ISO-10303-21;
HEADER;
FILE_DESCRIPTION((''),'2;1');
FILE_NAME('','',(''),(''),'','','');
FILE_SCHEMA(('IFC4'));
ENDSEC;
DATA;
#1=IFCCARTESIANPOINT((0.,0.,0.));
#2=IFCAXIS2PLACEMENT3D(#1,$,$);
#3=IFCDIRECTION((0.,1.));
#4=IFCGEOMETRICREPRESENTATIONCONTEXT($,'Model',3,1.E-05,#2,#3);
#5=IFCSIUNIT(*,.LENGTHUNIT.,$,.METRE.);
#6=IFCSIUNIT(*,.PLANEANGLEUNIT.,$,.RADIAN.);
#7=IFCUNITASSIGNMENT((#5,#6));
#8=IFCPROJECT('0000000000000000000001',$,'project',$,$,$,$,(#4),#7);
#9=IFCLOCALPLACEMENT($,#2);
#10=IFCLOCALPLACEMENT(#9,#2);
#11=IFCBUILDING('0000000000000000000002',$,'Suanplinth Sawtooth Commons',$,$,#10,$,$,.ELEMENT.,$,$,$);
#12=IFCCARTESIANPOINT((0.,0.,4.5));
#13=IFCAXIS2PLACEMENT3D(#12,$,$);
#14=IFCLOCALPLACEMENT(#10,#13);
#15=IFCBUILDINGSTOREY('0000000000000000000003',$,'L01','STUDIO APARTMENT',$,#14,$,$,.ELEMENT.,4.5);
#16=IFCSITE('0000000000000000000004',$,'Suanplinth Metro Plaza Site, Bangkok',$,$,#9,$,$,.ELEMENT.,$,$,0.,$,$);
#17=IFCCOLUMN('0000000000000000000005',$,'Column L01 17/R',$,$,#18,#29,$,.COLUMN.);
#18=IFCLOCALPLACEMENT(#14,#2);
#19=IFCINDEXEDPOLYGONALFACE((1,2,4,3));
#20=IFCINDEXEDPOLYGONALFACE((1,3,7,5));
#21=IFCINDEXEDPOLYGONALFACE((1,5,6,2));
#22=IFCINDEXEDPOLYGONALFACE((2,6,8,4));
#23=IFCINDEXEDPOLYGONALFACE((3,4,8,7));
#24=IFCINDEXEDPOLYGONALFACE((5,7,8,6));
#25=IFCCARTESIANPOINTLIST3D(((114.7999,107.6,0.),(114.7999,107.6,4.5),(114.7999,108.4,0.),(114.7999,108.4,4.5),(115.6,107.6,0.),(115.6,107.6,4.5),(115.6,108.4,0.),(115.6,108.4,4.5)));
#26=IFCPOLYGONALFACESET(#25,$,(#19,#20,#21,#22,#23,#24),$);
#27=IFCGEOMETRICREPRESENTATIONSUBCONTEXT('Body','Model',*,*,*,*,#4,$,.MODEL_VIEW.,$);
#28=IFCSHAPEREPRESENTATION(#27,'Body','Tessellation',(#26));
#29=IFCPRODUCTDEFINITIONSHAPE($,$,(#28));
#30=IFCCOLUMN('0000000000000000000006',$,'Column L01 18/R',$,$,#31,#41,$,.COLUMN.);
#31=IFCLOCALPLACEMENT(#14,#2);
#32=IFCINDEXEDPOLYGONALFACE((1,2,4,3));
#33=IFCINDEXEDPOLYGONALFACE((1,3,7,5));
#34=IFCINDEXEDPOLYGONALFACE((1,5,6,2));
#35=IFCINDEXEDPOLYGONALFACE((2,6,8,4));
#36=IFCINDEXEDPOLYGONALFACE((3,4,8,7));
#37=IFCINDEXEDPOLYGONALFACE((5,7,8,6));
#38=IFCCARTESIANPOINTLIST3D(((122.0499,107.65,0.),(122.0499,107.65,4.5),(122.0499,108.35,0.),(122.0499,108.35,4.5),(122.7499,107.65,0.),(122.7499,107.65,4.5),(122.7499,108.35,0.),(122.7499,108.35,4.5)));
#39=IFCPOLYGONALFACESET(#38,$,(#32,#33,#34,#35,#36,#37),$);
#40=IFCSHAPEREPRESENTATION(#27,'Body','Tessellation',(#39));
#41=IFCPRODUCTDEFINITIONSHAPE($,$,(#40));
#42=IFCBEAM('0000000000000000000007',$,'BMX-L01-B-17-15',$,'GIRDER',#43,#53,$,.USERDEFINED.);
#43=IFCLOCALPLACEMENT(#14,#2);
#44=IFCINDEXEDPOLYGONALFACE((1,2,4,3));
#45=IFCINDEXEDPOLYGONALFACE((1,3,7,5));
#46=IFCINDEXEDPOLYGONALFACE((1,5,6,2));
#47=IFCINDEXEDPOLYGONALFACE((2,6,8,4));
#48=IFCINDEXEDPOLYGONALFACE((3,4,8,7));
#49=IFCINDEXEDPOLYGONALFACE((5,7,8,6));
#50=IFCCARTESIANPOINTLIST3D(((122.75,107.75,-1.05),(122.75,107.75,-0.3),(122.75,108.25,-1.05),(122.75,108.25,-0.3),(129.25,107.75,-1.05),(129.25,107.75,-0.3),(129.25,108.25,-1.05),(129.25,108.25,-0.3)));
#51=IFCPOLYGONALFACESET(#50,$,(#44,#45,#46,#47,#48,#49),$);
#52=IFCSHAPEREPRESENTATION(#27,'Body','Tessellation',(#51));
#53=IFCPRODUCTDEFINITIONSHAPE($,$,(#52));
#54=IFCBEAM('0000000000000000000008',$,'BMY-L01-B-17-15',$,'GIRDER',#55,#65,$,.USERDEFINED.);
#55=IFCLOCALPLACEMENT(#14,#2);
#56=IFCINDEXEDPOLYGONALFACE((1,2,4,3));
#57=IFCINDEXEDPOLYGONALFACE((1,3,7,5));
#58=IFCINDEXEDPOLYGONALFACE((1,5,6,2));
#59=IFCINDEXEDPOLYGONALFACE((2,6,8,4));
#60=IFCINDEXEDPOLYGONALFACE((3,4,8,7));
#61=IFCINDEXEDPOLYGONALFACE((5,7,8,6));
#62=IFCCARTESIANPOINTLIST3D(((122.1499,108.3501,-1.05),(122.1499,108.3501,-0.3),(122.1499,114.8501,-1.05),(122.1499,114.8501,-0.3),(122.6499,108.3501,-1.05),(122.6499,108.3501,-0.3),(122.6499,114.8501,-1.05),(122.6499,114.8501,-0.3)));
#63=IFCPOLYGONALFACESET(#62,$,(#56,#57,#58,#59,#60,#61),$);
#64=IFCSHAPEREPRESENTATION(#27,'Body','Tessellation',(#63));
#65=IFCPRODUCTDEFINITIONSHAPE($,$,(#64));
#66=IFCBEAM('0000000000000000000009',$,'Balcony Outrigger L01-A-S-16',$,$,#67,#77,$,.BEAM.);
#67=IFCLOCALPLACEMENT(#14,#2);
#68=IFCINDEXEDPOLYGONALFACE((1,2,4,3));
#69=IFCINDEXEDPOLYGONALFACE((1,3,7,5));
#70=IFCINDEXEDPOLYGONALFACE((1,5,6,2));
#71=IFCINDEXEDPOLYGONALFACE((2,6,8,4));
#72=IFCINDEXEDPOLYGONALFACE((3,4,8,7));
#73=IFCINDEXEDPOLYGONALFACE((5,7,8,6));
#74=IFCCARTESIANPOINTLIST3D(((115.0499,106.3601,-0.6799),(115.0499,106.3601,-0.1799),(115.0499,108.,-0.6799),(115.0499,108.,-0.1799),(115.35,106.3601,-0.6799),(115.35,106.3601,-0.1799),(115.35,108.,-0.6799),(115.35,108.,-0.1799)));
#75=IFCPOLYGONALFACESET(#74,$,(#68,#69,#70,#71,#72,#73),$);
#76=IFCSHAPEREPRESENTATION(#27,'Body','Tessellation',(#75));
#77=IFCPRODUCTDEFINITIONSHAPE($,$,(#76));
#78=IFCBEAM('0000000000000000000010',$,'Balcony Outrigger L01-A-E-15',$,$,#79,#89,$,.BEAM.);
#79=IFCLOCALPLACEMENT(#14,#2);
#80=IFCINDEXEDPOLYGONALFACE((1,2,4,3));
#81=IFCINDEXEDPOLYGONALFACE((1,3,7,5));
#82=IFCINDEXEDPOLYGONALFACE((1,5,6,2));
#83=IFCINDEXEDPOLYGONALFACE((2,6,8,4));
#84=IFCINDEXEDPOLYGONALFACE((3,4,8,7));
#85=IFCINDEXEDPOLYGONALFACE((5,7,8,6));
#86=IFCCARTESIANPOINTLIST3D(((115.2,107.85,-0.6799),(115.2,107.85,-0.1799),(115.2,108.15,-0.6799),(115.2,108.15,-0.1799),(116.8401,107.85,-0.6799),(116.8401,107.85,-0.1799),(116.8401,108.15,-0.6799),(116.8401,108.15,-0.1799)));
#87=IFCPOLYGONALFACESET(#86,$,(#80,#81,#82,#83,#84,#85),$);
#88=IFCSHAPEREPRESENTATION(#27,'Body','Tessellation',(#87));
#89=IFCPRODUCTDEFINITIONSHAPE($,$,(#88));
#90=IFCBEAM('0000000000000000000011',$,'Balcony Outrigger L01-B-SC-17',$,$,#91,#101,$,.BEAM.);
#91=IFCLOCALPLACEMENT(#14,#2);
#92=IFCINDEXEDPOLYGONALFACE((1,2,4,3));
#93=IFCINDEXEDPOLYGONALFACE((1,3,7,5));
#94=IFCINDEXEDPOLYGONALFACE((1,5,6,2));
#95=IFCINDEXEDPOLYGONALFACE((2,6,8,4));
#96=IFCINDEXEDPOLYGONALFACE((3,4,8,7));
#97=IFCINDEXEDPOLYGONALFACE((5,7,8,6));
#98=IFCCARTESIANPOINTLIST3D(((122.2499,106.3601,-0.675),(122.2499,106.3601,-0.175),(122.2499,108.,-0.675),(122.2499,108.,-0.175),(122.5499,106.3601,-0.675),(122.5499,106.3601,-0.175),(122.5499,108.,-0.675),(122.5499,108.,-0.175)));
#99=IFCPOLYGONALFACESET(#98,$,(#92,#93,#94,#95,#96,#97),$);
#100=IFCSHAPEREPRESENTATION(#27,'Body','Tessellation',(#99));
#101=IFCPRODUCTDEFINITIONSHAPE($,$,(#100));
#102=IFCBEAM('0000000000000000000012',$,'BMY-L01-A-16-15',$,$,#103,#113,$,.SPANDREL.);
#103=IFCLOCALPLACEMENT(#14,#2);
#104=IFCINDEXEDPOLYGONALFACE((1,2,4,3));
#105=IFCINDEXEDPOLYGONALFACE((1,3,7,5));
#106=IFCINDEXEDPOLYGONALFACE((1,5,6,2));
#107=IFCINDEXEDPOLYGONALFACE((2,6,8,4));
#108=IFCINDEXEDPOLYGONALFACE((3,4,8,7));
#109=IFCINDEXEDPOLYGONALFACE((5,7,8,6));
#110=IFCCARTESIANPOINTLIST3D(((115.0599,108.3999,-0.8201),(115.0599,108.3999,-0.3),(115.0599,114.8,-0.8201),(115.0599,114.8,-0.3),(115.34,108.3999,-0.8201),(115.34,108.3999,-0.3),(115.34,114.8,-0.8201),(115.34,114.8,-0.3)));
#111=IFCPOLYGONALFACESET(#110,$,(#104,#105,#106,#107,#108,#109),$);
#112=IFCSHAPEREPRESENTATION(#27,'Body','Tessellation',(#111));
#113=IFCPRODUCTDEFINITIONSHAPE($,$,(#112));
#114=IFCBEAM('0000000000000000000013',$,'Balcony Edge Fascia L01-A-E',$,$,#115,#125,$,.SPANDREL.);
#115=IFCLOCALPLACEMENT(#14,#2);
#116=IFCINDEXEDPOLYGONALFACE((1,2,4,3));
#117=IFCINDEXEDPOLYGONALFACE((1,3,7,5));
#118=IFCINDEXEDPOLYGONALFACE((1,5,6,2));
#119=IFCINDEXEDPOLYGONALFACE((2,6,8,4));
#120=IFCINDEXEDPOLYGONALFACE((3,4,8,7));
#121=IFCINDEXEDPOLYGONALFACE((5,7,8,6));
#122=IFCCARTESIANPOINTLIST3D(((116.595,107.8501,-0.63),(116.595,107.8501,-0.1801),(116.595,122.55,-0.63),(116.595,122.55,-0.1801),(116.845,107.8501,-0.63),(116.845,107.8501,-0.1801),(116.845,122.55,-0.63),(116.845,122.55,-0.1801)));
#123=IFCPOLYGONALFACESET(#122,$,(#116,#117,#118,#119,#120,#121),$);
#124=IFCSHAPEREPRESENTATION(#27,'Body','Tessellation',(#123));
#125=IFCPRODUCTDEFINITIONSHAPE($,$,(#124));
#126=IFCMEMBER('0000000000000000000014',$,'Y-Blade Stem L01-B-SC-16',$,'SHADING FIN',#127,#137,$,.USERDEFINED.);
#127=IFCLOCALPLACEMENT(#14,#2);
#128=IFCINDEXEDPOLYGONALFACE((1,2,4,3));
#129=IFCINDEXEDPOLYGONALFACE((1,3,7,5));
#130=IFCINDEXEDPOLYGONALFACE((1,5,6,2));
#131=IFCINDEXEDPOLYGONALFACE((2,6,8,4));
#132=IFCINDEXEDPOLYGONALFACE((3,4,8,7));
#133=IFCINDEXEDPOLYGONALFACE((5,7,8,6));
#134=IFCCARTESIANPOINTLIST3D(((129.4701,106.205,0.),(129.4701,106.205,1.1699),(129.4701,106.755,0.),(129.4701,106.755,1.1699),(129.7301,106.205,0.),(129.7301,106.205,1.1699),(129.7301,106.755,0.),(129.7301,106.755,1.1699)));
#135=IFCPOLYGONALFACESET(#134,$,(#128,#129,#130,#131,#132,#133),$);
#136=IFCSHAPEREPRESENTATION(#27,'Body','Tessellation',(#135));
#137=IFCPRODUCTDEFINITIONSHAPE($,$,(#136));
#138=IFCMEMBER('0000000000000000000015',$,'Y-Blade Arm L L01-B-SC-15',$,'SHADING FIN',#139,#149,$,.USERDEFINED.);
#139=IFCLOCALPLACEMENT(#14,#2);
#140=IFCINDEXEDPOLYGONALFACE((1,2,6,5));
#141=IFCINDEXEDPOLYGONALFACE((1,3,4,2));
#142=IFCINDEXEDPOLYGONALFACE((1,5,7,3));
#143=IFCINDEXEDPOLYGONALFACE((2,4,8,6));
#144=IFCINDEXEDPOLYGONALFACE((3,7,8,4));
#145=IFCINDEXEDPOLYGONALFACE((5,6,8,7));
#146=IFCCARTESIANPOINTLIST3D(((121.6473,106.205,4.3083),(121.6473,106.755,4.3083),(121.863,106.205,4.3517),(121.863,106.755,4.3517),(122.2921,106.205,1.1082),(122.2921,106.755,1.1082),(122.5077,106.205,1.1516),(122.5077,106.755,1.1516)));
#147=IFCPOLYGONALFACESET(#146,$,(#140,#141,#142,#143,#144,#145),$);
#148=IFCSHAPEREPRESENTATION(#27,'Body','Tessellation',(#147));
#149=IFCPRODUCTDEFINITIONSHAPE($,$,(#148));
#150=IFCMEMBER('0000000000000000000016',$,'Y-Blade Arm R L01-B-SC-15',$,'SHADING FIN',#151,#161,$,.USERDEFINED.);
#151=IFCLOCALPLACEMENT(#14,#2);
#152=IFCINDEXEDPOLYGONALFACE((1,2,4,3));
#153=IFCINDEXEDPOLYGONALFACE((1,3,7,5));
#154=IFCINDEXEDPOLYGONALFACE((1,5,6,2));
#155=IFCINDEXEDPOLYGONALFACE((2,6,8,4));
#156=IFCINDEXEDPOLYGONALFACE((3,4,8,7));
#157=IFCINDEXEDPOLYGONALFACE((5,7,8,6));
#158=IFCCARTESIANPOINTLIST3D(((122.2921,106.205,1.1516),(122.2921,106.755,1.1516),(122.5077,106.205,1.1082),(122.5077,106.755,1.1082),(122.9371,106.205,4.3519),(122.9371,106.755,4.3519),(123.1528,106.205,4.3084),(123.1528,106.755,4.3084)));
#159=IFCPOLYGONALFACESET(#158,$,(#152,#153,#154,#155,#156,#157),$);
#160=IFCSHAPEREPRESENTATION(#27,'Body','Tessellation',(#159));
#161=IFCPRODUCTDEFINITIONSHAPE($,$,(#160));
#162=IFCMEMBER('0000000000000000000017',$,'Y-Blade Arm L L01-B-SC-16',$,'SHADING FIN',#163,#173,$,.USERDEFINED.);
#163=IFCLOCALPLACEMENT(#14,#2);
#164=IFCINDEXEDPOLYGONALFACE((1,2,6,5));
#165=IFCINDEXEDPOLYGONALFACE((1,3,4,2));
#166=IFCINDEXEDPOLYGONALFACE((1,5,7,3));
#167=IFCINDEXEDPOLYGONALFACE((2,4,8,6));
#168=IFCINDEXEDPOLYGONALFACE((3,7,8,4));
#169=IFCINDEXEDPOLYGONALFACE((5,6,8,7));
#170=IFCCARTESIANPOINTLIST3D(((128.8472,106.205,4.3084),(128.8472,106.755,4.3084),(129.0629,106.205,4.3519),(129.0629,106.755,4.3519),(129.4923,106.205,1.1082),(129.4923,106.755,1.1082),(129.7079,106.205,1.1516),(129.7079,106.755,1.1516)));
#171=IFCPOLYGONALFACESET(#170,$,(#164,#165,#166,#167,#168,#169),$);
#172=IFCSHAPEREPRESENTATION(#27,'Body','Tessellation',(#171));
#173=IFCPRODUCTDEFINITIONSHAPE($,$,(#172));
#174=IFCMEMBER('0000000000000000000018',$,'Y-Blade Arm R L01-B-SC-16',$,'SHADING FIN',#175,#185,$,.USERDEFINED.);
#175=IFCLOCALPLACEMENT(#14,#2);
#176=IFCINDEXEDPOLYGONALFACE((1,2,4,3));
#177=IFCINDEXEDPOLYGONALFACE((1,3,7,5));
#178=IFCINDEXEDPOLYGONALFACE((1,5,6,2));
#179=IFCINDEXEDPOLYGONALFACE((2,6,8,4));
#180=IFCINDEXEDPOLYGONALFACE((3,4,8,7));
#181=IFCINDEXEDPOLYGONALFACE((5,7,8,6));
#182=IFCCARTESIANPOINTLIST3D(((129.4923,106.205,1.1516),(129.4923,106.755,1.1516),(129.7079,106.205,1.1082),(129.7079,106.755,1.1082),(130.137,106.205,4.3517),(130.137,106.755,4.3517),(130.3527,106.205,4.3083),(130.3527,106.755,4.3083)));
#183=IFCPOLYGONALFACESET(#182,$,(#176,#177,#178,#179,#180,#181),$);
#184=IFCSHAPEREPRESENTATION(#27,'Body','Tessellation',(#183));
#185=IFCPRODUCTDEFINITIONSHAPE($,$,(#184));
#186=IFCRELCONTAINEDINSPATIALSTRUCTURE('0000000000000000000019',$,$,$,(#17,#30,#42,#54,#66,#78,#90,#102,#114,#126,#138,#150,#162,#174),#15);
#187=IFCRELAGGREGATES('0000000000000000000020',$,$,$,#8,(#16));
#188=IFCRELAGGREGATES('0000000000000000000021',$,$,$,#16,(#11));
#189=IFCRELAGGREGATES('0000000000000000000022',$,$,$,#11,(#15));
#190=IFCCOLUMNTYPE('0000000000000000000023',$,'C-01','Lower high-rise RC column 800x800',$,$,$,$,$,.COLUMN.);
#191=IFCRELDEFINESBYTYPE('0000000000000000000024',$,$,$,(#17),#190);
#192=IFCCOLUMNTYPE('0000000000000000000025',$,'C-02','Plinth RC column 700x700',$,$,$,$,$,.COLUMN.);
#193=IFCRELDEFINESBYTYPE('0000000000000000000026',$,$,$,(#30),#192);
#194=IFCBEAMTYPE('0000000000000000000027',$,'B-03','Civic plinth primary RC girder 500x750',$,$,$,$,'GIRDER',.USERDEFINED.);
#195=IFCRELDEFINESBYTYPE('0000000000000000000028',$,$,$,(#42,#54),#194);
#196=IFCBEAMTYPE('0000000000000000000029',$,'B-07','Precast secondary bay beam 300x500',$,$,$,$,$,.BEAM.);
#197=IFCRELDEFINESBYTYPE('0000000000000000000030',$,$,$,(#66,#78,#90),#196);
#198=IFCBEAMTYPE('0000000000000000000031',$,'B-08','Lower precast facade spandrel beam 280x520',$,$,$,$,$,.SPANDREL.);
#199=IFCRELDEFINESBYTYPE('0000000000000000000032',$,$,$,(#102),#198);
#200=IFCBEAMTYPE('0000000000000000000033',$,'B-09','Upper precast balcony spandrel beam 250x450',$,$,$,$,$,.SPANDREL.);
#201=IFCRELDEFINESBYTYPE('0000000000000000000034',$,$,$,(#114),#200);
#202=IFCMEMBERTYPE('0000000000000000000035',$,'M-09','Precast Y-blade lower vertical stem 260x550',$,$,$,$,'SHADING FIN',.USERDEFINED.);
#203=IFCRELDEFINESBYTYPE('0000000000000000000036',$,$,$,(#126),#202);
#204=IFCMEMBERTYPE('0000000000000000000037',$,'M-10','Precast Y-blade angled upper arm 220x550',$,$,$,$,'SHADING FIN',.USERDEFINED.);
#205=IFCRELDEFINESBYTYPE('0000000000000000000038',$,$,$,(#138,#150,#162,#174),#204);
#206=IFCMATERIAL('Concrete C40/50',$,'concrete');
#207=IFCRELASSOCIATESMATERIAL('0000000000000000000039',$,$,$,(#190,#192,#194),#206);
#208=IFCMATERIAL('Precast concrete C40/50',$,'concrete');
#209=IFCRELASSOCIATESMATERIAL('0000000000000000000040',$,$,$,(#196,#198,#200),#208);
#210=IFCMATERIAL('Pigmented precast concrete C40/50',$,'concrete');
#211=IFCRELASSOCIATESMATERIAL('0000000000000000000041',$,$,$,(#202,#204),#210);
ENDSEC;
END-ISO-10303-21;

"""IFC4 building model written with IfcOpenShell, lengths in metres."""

from ifc_helpers import new_model, si_unit, direction, frame, origin, origin_2d, place, context, subcontext, project, spatial, rectangle, extrude, material, material_profile, profile_set, type_object, element, save


model = new_model("IFC4")

# Units and contexts
model_context = context("Model", 3, precision=1e-05, world=origin(), true_north=direction((0.0, 1.0)))
body_context = subcontext(model_context, "Body", "Model", "MODEL_VIEW")
ifc_project = project(units=[si_unit("LENGTHUNIT", "METRE"), si_unit("PLANEANGLEUNIT", "RADIAN")], contexts=[model_context])

# Site, building, storey
site_placement = place(None, origin())
site = spatial("IfcSite", under=ifc_project, at=site_placement, Name="Suanplinth Metro Plaza Site, Bangkok", CompositionType="ELEMENT", RefElevation=0.0)
building_placement = place(site_placement, origin())
building = spatial("IfcBuilding", under=site, at=building_placement, Name="Suanplinth Sawtooth Commons", CompositionType="ELEMENT")
storey_placement = place(building_placement, frame((0.0, 0.0, 4.5)))
storey = spatial("IfcBuildingStorey", under=building, at=storey_placement, Name="L01", Description="STUDIO APARTMENT", CompositionType="ELEMENT", Elevation=4.5)

# Columns
ifc_material_1 = material(Name="Concrete C40/50", Category="concrete")
ifc_material_profile_1 = material_profile(ifc_material_1, rectangle(XDim=0.8, YDim=0.8, at=origin_2d()), Name="RC-COL 800x800")
ifc_profile_set_1 = profile_set([ifc_material_profile_1], Name="Concrete C40/50")
column_type_1 = type_object("IfcColumnType", Name="C-01", Description="Lower high-rise RC column 800x800", PredefinedType="COLUMN", material=ifc_profile_set_1)
column_1_placement = place(storey_placement, frame((115.2, 108.0, 0.0), z_axis=(0.0, 0.0, 1.0), x_axis=(1.0, 0.0, 0.0)))
element("IfcColumn", 1, at=column_1_placement, inside=storey, type_object=column_type_1, Name="Column L01 17/R", PredefinedType="COLUMN", context=body_context, shape_type="SweptSolid", body=[
    extrude(rectangle(XDim=0.8, YDim=0.8, at=origin_2d()), origin(), (0.0, 0.0, 1.0), 4.5),
])
ifc_material_profile_2 = material_profile(ifc_material_1, rectangle(XDim=0.7, YDim=0.7, at=origin_2d()), Name="RC-COL 700x700")
ifc_profile_set_2 = profile_set([ifc_material_profile_2], Name="Concrete C40/50")
column_type_2 = type_object("IfcColumnType", Name="C-02", Description="Plinth RC column 700x700", PredefinedType="COLUMN", material=ifc_profile_set_2)
column_2_placement = place(storey_placement, frame((122.3999, 108.0, 0.0), z_axis=(0.0, 0.0, 1.0), x_axis=(1.0, 0.0, 0.0)))
element("IfcColumn", 2, at=column_2_placement, inside=storey, type_object=column_type_2, Name="Column L01 18/R", PredefinedType="COLUMN", context=body_context, shape_type="SweptSolid", body=[
    extrude(rectangle(XDim=0.7, YDim=0.7, at=origin_2d()), origin(), (0.0, 0.0, 1.0), 4.5),
])

# Beams
ifc_material_profile_3 = material_profile(ifc_material_1, rectangle(XDim=0.5, YDim=0.75, at=origin_2d()), Name="RC-GDR 500x750")
ifc_profile_set_3 = profile_set([ifc_material_profile_3], Name="Concrete C40/50")
beam_type_1 = type_object("IfcBeamType", Name="B-03", Description="Civic plinth primary RC girder 500x750", ElementType="GIRDER", PredefinedType="USERDEFINED", material=ifc_profile_set_3)
for number, where, z_axis, x_axis, name in (
    (3, (122.75, 108.0, -0.675), (1.0, 0.0, 0.0), (0.0, 1.0, 0.0), "BMX-L01-B-17-15"),
    (4, (122.3999, 108.3501, -0.675), (0.0, 1.0, 0.0), (-1.0, 0.0, 0.0), "BMY-L01-B-17-15"),
):
    element("IfcBeam", number, at=place(storey_placement, frame(where, z_axis=z_axis, x_axis=x_axis)), inside=storey, type_object=beam_type_1, Name=name, ObjectType="GIRDER", PredefinedType="USERDEFINED", context=body_context, shape_type="SweptSolid", body=[
        extrude(rectangle(XDim=0.5, YDim=0.75, at=origin_2d()), origin(), (0.0, 0.0, 1.0), 6.5),
    ])
ifc_material_2 = material(Name="Precast concrete C40/50", Category="concrete")
ifc_material_profile_4 = material_profile(ifc_material_2, rectangle(XDim=0.3, YDim=0.5, at=origin_2d()), Name="PC-BM 300x500")
ifc_profile_set_4 = profile_set([ifc_material_profile_4], Name="Precast concrete C40/50")
beam_type_2 = type_object("IfcBeamType", Name="B-07", Description="Precast secondary bay beam 300x500", PredefinedType="BEAM", material=ifc_profile_set_4)
beam_1_placement = place(storey_placement, frame((115.2, 108.0, -0.4299), z_axis=(0.0, -1.0, 0.0), x_axis=(1.0, 0.0, 0.0)))
element("IfcBeam", 5, at=beam_1_placement, inside=storey, type_object=beam_type_2, Name="Balcony Outrigger L01-A-S-16", PredefinedType="BEAM", context=body_context, shape_type="SweptSolid", body=[
    extrude(rectangle(XDim=0.3, YDim=0.5, at=origin_2d()), origin(), (0.0, 0.0, 1.0), 1.6399),
])
beam_2_placement = place(storey_placement, frame((115.2, 108.0, -0.4299), z_axis=(1.0, 0.0, 0.0), x_axis=(0.0, 1.0, 0.0)))
element("IfcBeam", 6, at=beam_2_placement, inside=storey, type_object=beam_type_2, Name="Balcony Outrigger L01-A-E-15", PredefinedType="BEAM", context=body_context, shape_type="SweptSolid", body=[
    extrude(rectangle(XDim=0.3, YDim=0.5, at=origin_2d()), origin(), (0.0, 0.0, 1.0), 1.6401),
])
beam_3_placement = place(storey_placement, frame((122.3999, 108.0, -0.425), z_axis=(0.0, -1.0, 0.0), x_axis=(1.0, 0.0, 0.0)))
element("IfcBeam", 7, at=beam_3_placement, inside=storey, type_object=beam_type_2, Name="Balcony Outrigger L01-B-SC-17", PredefinedType="BEAM", context=body_context, shape_type="SweptSolid", body=[
    extrude(rectangle(XDim=0.3, YDim=0.5, at=origin_2d()), origin(), (0.0, 0.0, 1.0), 1.6399),
])
ifc_material_profile_5 = material_profile(ifc_material_2, rectangle(XDim=0.28, YDim=0.52, at=origin_2d()), Name="PC-SP 280x520")
ifc_profile_set_5 = profile_set([ifc_material_profile_5], Name="Precast concrete C40/50")
beam_type_3 = type_object("IfcBeamType", Name="B-08", Description="Lower precast facade spandrel beam 280x520", PredefinedType="SPANDREL", material=ifc_profile_set_5)
beam_4_placement = place(storey_placement, frame((115.2, 108.3999, -0.5601), z_axis=(0.0, 1.0, 0.0), x_axis=(-1.0, 0.0, 0.0)))
element("IfcBeam", 8, at=beam_4_placement, inside=storey, type_object=beam_type_3, Name="BMY-L01-A-16-15", PredefinedType="SPANDREL", context=body_context, shape_type="SweptSolid", body=[
    extrude(rectangle(XDim=0.28, YDim=0.52, at=origin_2d()), origin(), (0.0, 0.0, 1.0), 6.4001),
])
ifc_material_profile_6 = material_profile(ifc_material_2, rectangle(XDim=0.25, YDim=0.45, at=origin_2d()), Name="PC-SP 250x450")
ifc_profile_set_6 = profile_set([ifc_material_profile_6], Name="Precast concrete C40/50")
beam_type_4 = type_object("IfcBeamType", Name="B-09", Description="Upper precast balcony spandrel beam 250x450", PredefinedType="SPANDREL", material=ifc_profile_set_6)
beam_5_placement = place(storey_placement, frame((116.72, 107.8501, -0.405), z_axis=(0.0, 1.0, 0.0), x_axis=(-1.0, 0.0, 0.0)))
element("IfcBeam", 9, at=beam_5_placement, inside=storey, type_object=beam_type_4, Name="Balcony Edge Fascia L01-A-E", PredefinedType="SPANDREL", context=body_context, shape_type="SweptSolid", body=[
    extrude(rectangle(XDim=0.25, YDim=0.45, at=origin_2d()), origin(), (0.0, 0.0, 1.0), 14.7),
])

# Members
ifc_material_3 = material(Name="Pigmented precast concrete C40/50", Category="concrete")
ifc_material_profile_7 = material_profile(ifc_material_3, rectangle(XDim=0.26, YDim=0.55, at=origin_2d()), Name="PC-FIN 260x550")
ifc_profile_set_7 = profile_set([ifc_material_profile_7], Name="Pigmented precast concrete C40/50")
member_type_1 = type_object("IfcMemberType", Name="M-09", Description="Precast Y-blade lower vertical stem 260x550", ElementType="SHADING FIN", PredefinedType="USERDEFINED", material=ifc_profile_set_7)
member_1_placement = place(storey_placement, frame((129.6001, 106.48, 0.0), z_axis=(0.0, 0.0, 1.0), x_axis=(1.0, 0.0, 0.0)))
element("IfcMember", 10, at=member_1_placement, inside=storey, type_object=member_type_1, Name="Y-Blade Stem L01-B-SC-16", ObjectType="SHADING FIN", PredefinedType="USERDEFINED", context=body_context, shape_type="SweptSolid", body=[
    extrude(rectangle(XDim=0.26, YDim=0.55, at=origin_2d()), origin(), (0.0, 0.0, 1.0), 1.1699),
])
ifc_material_profile_8 = material_profile(ifc_material_3, rectangle(XDim=0.22, YDim=0.55, at=origin_2d()), Name="PC-FIN 220x550")
ifc_profile_set_8 = profile_set([ifc_material_profile_8], Name="Pigmented precast concrete C40/50")
member_type_2 = type_object("IfcMemberType", Name="M-10", Description="Precast Y-blade angled upper arm 220x550", ElementType="SHADING FIN", PredefinedType="USERDEFINED", material=ifc_profile_set_8)
member_2_placement = place(storey_placement, frame((122.3999, 106.48, 1.1299), z_axis=(-0.197511, 0.0, 0.980301), x_axis=(0.980301, 0.0, 0.197511)))
element("IfcMember", 11, at=member_2_placement, inside=storey, type_object=member_type_2, Name="Y-Blade Arm L L01-B-SC-15", ObjectType="SHADING FIN", PredefinedType="USERDEFINED", context=body_context, shape_type="SweptSolid", body=[
    extrude(rectangle(XDim=0.22, YDim=0.55, at=origin_2d()), origin(), (0.0, 0.0, 1.0), 3.2644),
])
for number, where, z_axis, x_axis, name in (
    (12, (122.3999, 106.48, 1.1299), (0.197583, 0.0, 0.980286), (-0.980286, 0.0, 0.197583), "Y-Blade Arm R L01-B-SC-15"),
    (13, (129.6001, 106.48, 1.1299), (-0.197583, 0.0, 0.980286), (0.980286, 0.0, 0.197583), "Y-Blade Arm L L01-B-SC-16"),
):
    element("IfcMember", number, at=place(storey_placement, frame(where, z_axis=z_axis, x_axis=x_axis)), inside=storey, type_object=member_type_2, Name=name, ObjectType="SHADING FIN", PredefinedType="USERDEFINED", context=body_context, shape_type="SweptSolid", body=[
        extrude(rectangle(XDim=0.22, YDim=0.55, at=origin_2d()), origin(), (0.0, 0.0, 1.0), 3.2646),
    ])
member_3_placement = place(storey_placement, frame((129.6001, 106.48, 1.1299), z_axis=(0.197511, 0.0, 0.980301), x_axis=(-0.980301, 0.0, 0.197511)))
element("IfcMember", 14, at=member_3_placement, inside=storey, type_object=member_type_2, Name="Y-Blade Arm R L01-B-SC-16", ObjectType="SHADING FIN", PredefinedType="USERDEFINED", context=body_context, shape_type="SweptSolid", body=[
    extrude(rectangle(XDim=0.22, YDim=0.55, at=origin_2d()), origin(), (0.0, 0.0, 1.0), 3.2644),
])

save(model, "model.ifc")
